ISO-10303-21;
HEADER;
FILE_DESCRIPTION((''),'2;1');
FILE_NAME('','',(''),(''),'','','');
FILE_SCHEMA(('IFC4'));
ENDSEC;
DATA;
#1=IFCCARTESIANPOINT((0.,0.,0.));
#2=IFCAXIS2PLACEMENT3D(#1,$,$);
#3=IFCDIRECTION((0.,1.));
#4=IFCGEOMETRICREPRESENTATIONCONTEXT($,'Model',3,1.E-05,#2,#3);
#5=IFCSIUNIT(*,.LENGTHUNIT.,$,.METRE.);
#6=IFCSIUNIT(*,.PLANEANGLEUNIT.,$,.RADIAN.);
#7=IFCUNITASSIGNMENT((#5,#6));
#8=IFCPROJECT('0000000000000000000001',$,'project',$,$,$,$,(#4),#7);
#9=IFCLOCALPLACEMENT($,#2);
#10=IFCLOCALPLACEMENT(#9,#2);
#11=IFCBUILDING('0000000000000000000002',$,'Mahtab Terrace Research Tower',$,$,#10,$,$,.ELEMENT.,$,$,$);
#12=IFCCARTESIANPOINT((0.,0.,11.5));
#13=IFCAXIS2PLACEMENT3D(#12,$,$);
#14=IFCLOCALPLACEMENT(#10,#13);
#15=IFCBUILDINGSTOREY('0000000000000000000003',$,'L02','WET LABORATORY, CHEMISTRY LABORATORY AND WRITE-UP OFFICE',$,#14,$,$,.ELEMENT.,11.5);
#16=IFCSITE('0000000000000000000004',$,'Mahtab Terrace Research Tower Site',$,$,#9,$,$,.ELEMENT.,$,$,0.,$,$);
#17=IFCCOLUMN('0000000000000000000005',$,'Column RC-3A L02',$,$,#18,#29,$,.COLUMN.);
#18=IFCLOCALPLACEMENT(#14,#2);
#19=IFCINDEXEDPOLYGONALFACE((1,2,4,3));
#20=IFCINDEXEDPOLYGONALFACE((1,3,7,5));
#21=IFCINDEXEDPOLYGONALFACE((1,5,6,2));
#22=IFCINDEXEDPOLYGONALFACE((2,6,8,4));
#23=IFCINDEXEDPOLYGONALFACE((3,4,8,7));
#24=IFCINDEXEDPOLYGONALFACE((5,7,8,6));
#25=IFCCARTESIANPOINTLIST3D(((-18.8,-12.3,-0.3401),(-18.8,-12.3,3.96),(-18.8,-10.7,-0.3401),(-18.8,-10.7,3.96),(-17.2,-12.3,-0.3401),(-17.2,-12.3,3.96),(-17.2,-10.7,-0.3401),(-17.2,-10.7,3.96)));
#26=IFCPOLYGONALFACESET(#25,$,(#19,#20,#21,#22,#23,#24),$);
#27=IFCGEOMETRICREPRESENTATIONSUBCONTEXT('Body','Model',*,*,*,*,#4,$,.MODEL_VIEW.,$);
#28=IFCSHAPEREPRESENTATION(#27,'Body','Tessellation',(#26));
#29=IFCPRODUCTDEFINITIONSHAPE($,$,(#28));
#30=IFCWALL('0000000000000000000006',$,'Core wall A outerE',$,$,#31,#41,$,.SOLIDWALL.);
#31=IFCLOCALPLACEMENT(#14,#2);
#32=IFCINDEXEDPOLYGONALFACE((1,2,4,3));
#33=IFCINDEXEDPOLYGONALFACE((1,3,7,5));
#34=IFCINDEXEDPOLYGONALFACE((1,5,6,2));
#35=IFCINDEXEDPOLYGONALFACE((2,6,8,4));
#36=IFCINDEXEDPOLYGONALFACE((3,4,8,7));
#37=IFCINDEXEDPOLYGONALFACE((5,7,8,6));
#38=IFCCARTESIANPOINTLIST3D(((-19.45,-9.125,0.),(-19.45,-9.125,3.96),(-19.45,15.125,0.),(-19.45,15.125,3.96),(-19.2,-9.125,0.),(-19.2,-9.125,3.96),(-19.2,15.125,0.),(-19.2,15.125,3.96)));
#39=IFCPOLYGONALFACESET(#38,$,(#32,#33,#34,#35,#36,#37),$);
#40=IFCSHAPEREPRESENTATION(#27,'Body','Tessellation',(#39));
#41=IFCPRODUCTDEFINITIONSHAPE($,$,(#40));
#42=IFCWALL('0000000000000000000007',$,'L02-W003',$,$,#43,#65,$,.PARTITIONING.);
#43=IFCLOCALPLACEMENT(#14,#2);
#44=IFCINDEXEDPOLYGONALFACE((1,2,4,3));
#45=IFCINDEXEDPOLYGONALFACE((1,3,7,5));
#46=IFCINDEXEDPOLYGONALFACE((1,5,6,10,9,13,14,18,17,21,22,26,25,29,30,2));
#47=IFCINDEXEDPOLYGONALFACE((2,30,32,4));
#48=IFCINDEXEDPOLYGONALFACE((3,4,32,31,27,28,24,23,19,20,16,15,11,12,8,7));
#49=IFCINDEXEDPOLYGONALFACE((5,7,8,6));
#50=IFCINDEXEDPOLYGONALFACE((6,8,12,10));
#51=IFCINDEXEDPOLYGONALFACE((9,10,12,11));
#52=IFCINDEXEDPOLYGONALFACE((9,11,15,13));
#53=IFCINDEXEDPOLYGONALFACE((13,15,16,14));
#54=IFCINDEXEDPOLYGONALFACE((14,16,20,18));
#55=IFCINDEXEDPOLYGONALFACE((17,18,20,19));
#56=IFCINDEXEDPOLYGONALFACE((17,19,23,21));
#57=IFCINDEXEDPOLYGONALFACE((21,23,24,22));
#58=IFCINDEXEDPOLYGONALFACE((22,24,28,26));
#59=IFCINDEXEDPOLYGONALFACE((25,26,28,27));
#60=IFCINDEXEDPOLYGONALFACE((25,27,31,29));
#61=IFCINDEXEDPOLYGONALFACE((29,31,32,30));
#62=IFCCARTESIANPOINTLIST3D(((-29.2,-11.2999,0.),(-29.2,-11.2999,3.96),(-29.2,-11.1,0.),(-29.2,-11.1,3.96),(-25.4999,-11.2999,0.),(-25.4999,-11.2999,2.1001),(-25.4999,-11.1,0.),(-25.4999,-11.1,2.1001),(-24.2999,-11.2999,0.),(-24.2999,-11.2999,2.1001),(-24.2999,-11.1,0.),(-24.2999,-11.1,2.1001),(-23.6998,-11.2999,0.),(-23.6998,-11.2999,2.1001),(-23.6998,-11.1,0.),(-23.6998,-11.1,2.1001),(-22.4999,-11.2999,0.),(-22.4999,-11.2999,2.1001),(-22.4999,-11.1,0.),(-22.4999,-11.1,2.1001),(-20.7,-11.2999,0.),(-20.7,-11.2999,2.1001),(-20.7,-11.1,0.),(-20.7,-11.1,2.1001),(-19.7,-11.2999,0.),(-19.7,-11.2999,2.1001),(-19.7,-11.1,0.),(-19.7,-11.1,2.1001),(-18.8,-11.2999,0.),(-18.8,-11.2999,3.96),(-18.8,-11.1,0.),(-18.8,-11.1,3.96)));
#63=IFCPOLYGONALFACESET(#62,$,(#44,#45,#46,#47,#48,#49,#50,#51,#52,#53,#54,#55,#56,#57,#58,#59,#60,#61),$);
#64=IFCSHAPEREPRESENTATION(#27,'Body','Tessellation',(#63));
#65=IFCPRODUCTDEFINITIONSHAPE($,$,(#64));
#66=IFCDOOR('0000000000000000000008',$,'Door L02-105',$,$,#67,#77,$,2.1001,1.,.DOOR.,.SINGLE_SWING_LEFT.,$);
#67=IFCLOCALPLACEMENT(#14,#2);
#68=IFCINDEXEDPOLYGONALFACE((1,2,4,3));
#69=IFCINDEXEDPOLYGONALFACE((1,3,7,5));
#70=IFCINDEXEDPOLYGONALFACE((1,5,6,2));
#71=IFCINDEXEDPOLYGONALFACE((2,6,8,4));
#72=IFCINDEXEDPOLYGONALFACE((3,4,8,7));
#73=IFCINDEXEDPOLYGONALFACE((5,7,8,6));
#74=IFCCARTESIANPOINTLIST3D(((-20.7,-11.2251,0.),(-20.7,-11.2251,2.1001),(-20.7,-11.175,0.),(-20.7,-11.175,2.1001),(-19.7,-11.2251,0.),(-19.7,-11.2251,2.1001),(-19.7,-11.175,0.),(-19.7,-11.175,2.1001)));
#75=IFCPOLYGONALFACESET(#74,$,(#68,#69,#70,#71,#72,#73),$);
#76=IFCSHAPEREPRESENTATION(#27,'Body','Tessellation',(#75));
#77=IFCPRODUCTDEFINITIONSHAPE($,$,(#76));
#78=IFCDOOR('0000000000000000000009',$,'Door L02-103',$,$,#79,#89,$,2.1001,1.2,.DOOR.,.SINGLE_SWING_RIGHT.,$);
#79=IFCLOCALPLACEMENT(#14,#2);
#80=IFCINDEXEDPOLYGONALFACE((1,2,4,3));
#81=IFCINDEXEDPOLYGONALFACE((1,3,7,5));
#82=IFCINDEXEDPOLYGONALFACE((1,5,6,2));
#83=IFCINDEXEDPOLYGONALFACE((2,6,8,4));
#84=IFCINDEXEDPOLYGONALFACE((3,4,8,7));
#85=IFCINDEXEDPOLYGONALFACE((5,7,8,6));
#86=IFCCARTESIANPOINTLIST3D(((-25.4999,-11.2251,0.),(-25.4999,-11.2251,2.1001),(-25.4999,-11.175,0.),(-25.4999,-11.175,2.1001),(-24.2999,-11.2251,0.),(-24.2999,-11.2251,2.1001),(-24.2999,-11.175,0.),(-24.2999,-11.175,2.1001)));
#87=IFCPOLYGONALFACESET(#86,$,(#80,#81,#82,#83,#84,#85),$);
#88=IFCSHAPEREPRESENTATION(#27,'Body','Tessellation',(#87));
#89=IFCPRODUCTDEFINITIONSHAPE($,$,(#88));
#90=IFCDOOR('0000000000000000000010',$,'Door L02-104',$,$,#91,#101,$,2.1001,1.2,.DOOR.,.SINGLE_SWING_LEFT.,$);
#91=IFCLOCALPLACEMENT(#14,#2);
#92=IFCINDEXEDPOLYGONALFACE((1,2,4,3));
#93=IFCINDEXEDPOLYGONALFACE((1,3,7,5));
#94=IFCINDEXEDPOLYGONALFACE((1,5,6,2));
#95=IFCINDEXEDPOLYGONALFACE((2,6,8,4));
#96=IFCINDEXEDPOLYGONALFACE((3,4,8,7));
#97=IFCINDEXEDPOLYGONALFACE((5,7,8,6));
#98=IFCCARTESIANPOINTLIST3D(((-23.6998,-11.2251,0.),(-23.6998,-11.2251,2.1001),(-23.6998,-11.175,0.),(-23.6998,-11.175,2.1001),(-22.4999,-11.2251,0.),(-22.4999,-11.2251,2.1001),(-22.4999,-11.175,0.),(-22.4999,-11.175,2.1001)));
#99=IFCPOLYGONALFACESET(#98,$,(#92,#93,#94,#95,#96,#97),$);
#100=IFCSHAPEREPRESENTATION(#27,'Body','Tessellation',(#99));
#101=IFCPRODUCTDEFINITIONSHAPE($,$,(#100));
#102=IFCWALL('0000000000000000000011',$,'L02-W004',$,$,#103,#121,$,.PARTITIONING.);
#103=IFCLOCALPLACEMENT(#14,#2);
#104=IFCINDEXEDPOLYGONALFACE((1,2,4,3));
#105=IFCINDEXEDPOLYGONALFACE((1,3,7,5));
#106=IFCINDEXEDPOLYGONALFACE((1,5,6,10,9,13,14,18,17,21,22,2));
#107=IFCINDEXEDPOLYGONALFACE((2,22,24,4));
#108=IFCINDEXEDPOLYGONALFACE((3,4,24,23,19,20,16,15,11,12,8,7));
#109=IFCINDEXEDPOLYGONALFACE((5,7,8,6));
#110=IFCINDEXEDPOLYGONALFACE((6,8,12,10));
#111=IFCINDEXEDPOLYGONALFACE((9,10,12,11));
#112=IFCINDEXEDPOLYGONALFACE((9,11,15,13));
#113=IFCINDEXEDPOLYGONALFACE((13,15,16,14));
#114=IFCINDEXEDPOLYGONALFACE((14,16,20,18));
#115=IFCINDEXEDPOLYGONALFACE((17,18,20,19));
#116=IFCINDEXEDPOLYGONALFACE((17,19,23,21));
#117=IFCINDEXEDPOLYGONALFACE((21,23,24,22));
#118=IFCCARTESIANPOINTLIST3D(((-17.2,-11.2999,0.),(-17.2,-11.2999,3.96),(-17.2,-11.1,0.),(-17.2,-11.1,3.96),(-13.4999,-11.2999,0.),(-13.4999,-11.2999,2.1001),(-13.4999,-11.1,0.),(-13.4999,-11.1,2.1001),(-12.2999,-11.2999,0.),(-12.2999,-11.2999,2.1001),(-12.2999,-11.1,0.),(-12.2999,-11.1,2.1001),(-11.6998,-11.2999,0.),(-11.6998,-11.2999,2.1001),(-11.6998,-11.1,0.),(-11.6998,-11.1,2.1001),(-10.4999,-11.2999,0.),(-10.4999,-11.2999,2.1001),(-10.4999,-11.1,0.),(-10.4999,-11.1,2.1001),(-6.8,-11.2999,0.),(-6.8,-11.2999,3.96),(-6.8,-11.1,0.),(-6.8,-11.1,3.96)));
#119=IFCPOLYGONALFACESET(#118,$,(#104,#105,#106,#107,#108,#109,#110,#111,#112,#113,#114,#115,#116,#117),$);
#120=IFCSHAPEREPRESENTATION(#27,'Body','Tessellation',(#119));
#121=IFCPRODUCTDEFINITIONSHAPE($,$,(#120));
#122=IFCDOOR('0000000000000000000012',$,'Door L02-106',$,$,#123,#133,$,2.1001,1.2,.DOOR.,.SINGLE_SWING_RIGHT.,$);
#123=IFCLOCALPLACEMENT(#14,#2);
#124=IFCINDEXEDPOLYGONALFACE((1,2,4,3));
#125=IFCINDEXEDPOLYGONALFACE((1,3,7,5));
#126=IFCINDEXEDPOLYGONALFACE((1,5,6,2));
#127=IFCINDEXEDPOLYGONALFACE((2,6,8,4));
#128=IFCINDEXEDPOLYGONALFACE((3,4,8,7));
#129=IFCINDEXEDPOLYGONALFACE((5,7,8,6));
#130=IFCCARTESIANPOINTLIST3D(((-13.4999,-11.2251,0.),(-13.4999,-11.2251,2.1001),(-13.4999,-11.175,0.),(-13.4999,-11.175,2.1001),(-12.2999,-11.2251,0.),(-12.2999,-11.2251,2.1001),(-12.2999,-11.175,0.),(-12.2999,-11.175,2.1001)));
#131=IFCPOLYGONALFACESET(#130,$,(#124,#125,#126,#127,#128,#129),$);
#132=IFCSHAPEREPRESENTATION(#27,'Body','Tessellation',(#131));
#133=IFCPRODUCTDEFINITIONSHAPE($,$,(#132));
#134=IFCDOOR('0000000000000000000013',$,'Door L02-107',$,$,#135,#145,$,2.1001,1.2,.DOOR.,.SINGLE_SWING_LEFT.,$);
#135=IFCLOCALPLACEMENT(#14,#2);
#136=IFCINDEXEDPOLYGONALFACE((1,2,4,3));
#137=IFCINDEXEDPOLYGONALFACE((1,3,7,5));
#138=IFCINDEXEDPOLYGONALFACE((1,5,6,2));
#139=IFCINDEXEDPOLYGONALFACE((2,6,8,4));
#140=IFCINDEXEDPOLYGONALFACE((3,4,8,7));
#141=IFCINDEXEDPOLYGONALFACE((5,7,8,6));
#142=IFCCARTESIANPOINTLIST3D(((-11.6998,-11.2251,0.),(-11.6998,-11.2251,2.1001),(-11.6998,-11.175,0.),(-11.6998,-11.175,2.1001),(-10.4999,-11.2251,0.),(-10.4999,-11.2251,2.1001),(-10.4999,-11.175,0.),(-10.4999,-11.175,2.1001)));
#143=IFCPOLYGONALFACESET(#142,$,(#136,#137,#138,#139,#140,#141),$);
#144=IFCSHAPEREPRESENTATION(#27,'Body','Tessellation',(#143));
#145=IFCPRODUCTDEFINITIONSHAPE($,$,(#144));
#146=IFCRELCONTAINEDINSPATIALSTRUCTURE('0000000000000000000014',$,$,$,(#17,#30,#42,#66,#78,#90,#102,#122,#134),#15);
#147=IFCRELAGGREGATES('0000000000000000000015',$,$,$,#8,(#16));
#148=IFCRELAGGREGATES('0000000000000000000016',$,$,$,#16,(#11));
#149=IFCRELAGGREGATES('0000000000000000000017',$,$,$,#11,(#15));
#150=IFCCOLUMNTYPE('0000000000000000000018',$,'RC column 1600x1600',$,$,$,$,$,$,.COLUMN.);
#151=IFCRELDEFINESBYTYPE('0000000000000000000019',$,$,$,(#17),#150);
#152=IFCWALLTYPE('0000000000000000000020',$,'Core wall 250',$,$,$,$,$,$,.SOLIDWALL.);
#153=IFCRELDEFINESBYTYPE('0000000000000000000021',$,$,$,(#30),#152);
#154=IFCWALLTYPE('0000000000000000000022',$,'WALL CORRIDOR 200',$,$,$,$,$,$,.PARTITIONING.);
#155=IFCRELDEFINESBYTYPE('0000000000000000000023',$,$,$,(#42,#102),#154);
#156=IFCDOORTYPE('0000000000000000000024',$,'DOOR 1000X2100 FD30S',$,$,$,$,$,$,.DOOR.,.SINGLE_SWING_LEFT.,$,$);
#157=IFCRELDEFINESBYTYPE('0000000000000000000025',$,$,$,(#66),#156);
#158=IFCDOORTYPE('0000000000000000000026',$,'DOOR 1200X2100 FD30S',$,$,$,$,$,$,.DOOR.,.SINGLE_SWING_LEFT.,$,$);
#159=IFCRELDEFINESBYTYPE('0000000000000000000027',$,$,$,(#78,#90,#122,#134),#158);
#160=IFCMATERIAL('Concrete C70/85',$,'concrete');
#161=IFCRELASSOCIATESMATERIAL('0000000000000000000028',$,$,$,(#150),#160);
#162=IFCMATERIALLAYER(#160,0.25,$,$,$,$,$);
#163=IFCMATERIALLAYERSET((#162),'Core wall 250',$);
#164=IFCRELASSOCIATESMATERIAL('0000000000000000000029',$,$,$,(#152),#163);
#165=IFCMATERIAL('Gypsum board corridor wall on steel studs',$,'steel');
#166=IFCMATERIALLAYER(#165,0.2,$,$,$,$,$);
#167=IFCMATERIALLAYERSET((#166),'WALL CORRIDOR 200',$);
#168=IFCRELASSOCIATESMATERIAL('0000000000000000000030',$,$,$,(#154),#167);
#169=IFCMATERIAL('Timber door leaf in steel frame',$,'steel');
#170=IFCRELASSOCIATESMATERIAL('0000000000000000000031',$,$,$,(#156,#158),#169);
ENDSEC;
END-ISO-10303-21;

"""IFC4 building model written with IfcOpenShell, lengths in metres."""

from ifc_helpers import new_model, si_unit, direction, frame, frame_2d, origin, origin_2d, place, context, subcontext, project, spatial, rectangle, extrude, material, layer, layer_set, material_profile, profile_set, type_object, element, fill, save


model = new_model("IFC4")

# Units and contexts
model_context = context("Model", 3, precision=1e-05, world=origin(), true_north=direction((0.0, 1.0)))
body_context = subcontext(model_context, "Body", "Model", "MODEL_VIEW")
ifc_project = project(units=[si_unit("LENGTHUNIT", "METRE"), si_unit("PLANEANGLEUNIT", "RADIAN")], contexts=[model_context])

# Site, building, storey
site_placement = place(None, origin())
site = spatial("IfcSite", under=ifc_project, at=site_placement, Name="Mahtab Terrace Research Tower Site", CompositionType="ELEMENT", RefElevation=0.0)
building_placement = place(site_placement, origin())
building = spatial("IfcBuilding", under=site, at=building_placement, Name="Mahtab Terrace Research Tower", CompositionType="ELEMENT")
storey_placement = place(building_placement, frame((0.0, 0.0, 11.5)))
storey = spatial("IfcBuildingStorey", under=building, at=storey_placement, Name="L02", Description="WET LABORATORY, CHEMISTRY LABORATORY AND WRITE-UP OFFICE", CompositionType="ELEMENT", Elevation=11.5)

# Column
ifc_material_1 = material(Name="Concrete C70/85", Category="concrete")
ifc_material_profile = material_profile(ifc_material_1, rectangle(XDim=1.6001, YDim=1.6001, at=origin_2d()), Name="RC column 1600x1600")
ifc_profile_set = profile_set([ifc_material_profile], Name="Concrete C70/85")
column_type = type_object("IfcColumnType", Name="RC column 1600x1600", PredefinedType="COLUMN", material=ifc_profile_set)
column_placement = place(storey_placement, frame((-18.0, -11.5, -0.3401), z_axis=(0.0, 0.0, 1.0), x_axis=(1.0, 0.0, 0.0)))
element("IfcColumn", 1, at=column_placement, inside=storey, type_object=column_type, Name="Column RC-3A L02", PredefinedType="COLUMN", context=body_context, shape_type="SweptSolid", body=[
    extrude(rectangle(XDim=1.6001, YDim=1.6001, at=origin_2d()), origin(), (0.0, 0.0, 1.0), 4.3),
])

# Wall
ifc_layer_1 = layer(ifc_material_1, 0.25)
ifc_layer_set_1 = layer_set([ifc_layer_1], Name="Core wall 250")
wall_type_1 = type_object("IfcWallType", Name="Core wall 250", PredefinedType="SOLIDWALL", material=ifc_layer_set_1)
wall_1_placement = place(storey_placement, frame((-19.325, -9.125, 0.0), z_axis=(0.0, 0.0, 1.0), x_axis=(0.0, 1.0, 0.0)))
element("IfcWall", 2, at=wall_1_placement, inside=storey, type_object=wall_type_1, Name="Core wall A outerE", PredefinedType="SOLIDWALL", context=body_context, shape_type="SweptSolid", body=[
    extrude(rectangle(XDim=24.25, YDim=0.25, at=frame_2d((12.125, 0.0))), origin(), (0.0, 0.0, 1.0), 3.96),
])

# Walls, openings, doors
ifc_material_2 = material(Name="Gypsum board corridor wall on steel studs", Category="steel")
ifc_layer_2 = layer(ifc_material_2, 0.2)
ifc_layer_set_2 = layer_set([ifc_layer_2], Name="WALL CORRIDOR 200")
wall_type_2 = type_object("IfcWallType", Name="WALL CORRIDOR 200", PredefinedType="PARTITIONING", material=ifc_layer_set_2)
wall_2_placement = place(storey_placement, frame((-29.2, -11.2, 0.0), z_axis=(0.0, 0.0, 1.0), x_axis=(1.0, 0.0, 0.0)))
wall_2 = element("IfcWall", 3, at=wall_2_placement, inside=storey, type_object=wall_type_2, Name="L02-W003", PredefinedType="PARTITIONING", context=body_context, shape_type="SweptSolid", body=[
    extrude(rectangle(XDim=10.3999, YDim=0.2, at=frame_2d((5.2, 0.0))), origin(), (0.0, 0.0, 1.0), 3.96),
])
opening_1_placement = place(wall_2_placement, frame((3.7, 0.0, 0.0)))
opening_1 = element("IfcOpeningElement", 4, at=opening_1_placement, cuts=wall_2, PredefinedType="OPENING", context=body_context, shape_type="SweptSolid", body=[
    extrude(rectangle(XDim=1.2, YDim=2.1001, at=frame_2d((0.6001, 1.05))), frame((0.0, 0.1099, 0.0), z_axis=(0.0, -1.0, 0.0), x_axis=(1.0, 0.0, 0.0)), (0.0, 0.0, 1.0), 0.22),
])
opening_2_placement = place(wall_2_placement, frame((5.5, 0.0, 0.0)))
opening_2 = element("IfcOpeningElement", 5, at=opening_2_placement, cuts=wall_2, PredefinedType="OPENING", context=body_context, shape_type="SweptSolid", body=[
    extrude(rectangle(XDim=1.2, YDim=2.1001, at=frame_2d((0.6001, 1.05))), frame((0.0, 0.1099, 0.0), z_axis=(0.0, -1.0, 0.0), x_axis=(1.0, 0.0, 0.0)), (0.0, 0.0, 1.0), 0.22),
])
opening_3_placement = place(wall_2_placement, frame((8.5, 0.0, 0.0)))
opening_3 = element("IfcOpeningElement", 6, at=opening_3_placement, cuts=wall_2, PredefinedType="OPENING", context=body_context, shape_type="SweptSolid", body=[
    extrude(rectangle(XDim=1.0, YDim=2.1001, at=frame_2d((0.5, 1.05))), frame((0.0, 0.1099, 0.0), z_axis=(0.0, -1.0, 0.0), x_axis=(1.0, 0.0, 0.0)), (0.0, 0.0, 1.0), 0.22),
])
ifc_material_3 = material(Name="Timber door leaf in steel frame", Category="steel")
door_type_1 = type_object("IfcDoorType", Name="DOOR 1000X2100 FD30S", OperationType="SINGLE_SWING_LEFT", PredefinedType="DOOR", material=ifc_material_3)
door_1_placement = place(opening_3_placement, origin())
door_1 = element("IfcDoor", 7, at=door_1_placement, inside=storey, type_object=door_type_1, Name="Door L02-105", OperationType="SINGLE_SWING_LEFT", OverallHeight=2.1001, OverallWidth=1.0, PredefinedType="DOOR", context=body_context, shape_type="SweptSolid", body=[
    extrude(rectangle(XDim=1.0, YDim=2.1001, at=frame_2d((0.5, 1.05))), frame((0.0, 0.0249, 0.0), z_axis=(0.0, -1.0, 0.0), x_axis=(1.0, 0.0, 0.0)), (0.0, 0.0, 1.0), 0.05),
])
fill(opening_3, door_1)
door_type_2 = type_object("IfcDoorType", Name="DOOR 1200X2100 FD30S", OperationType="SINGLE_SWING_LEFT", PredefinedType="DOOR", material=ifc_material_3)
door_2_placement = place(opening_1_placement, origin())
door_2 = element("IfcDoor", 8, at=door_2_placement, inside=storey, type_object=door_type_2, Name="Door L02-103", OperationType="SINGLE_SWING_RIGHT", OverallHeight=2.1001, OverallWidth=1.2, PredefinedType="DOOR", context=body_context, shape_type="SweptSolid", body=[
    extrude(rectangle(XDim=1.2, YDim=2.1001, at=frame_2d((0.6001, 1.05))), frame((0.0, 0.0249, 0.0), z_axis=(0.0, -1.0, 0.0), x_axis=(1.0, 0.0, 0.0)), (0.0, 0.0, 1.0), 0.05),
])
fill(opening_1, door_2)
door_3_placement = place(opening_2_placement, origin())
door_3 = element("IfcDoor", 9, at=door_3_placement, inside=storey, type_object=door_type_2, Name="Door L02-104", OperationType="SINGLE_SWING_LEFT", OverallHeight=2.1001, OverallWidth=1.2, PredefinedType="DOOR", context=body_context, shape_type="SweptSolid", body=[
    extrude(rectangle(XDim=1.2, YDim=2.1001, at=frame_2d((0.6001, 1.05))), frame((0.0, 0.0249, 0.0), z_axis=(0.0, -1.0, 0.0), x_axis=(1.0, 0.0, 0.0)), (0.0, 0.0, 1.0), 0.05),
])
fill(opening_2, door_3)
wall_3_placement = place(storey_placement, frame((-17.2, -11.2, 0.0), z_axis=(0.0, 0.0, 1.0), x_axis=(1.0, 0.0, 0.0)))
wall_3 = element("IfcWall", 10, at=wall_3_placement, inside=storey, type_object=wall_type_2, Name="L02-W004", PredefinedType="PARTITIONING", context=body_context, shape_type="SweptSolid", body=[
    extrude(rectangle(XDim=10.3999, YDim=0.2, at=frame_2d((5.2, 0.0))), origin(), (0.0, 0.0, 1.0), 3.96),
])
opening_4_placement = place(wall_3_placement, frame((3.7, 0.0, 0.0)))
opening_4 = element("IfcOpeningElement", 11, at=opening_4_placement, cuts=wall_3, PredefinedType="OPENING", context=body_context, shape_type="SweptSolid", body=[
    extrude(rectangle(XDim=1.2, YDim=2.1001, at=frame_2d((0.6001, 1.05))), frame((0.0, 0.1099, 0.0), z_axis=(0.0, -1.0, 0.0), x_axis=(1.0, 0.0, 0.0)), (0.0, 0.0, 1.0), 0.22),
])
opening_5_placement = place(wall_3_placement, frame((5.5, 0.0, 0.0)))
opening_5 = element("IfcOpeningElement", 12, at=opening_5_placement, cuts=wall_3, PredefinedType="OPENING", context=body_context, shape_type="SweptSolid", body=[
    extrude(rectangle(XDim=1.2, YDim=2.1001, at=frame_2d((0.6001, 1.05))), frame((0.0, 0.1099, 0.0), z_axis=(0.0, -1.0, 0.0), x_axis=(1.0, 0.0, 0.0)), (0.0, 0.0, 1.0), 0.22),
])
door_4_placement = place(opening_4_placement, origin())
door_4 = element("IfcDoor", 13, at=door_4_placement, inside=storey, type_object=door_type_2, Name="Door L02-106", OperationType="SINGLE_SWING_RIGHT", OverallHeight=2.1001, OverallWidth=1.2, PredefinedType="DOOR", context=body_context, shape_type="SweptSolid", body=[
    extrude(rectangle(XDim=1.2, YDim=2.1001, at=frame_2d((0.6001, 1.05))), frame((0.0, 0.0249, 0.0), z_axis=(0.0, -1.0, 0.0), x_axis=(1.0, 0.0, 0.0)), (0.0, 0.0, 1.0), 0.05),
])
fill(opening_4, door_4)
door_5_placement = place(opening_5_placement, origin())
door_5 = element("IfcDoor", 14, at=door_5_placement, inside=storey, type_object=door_type_2, Name="Door L02-107", OperationType="SINGLE_SWING_LEFT", OverallHeight=2.1001, OverallWidth=1.2, PredefinedType="DOOR", context=body_context, shape_type="SweptSolid", body=[
    extrude(rectangle(XDim=1.2, YDim=2.1001, at=frame_2d((0.6001, 1.05))), frame((0.0, 0.0249, 0.0), z_axis=(0.0, -1.0, 0.0), x_axis=(1.0, 0.0, 0.0)), (0.0, 0.0, 1.0), 0.05),
])
fill(opening_5, door_5)

save(model, "model.ifc")
